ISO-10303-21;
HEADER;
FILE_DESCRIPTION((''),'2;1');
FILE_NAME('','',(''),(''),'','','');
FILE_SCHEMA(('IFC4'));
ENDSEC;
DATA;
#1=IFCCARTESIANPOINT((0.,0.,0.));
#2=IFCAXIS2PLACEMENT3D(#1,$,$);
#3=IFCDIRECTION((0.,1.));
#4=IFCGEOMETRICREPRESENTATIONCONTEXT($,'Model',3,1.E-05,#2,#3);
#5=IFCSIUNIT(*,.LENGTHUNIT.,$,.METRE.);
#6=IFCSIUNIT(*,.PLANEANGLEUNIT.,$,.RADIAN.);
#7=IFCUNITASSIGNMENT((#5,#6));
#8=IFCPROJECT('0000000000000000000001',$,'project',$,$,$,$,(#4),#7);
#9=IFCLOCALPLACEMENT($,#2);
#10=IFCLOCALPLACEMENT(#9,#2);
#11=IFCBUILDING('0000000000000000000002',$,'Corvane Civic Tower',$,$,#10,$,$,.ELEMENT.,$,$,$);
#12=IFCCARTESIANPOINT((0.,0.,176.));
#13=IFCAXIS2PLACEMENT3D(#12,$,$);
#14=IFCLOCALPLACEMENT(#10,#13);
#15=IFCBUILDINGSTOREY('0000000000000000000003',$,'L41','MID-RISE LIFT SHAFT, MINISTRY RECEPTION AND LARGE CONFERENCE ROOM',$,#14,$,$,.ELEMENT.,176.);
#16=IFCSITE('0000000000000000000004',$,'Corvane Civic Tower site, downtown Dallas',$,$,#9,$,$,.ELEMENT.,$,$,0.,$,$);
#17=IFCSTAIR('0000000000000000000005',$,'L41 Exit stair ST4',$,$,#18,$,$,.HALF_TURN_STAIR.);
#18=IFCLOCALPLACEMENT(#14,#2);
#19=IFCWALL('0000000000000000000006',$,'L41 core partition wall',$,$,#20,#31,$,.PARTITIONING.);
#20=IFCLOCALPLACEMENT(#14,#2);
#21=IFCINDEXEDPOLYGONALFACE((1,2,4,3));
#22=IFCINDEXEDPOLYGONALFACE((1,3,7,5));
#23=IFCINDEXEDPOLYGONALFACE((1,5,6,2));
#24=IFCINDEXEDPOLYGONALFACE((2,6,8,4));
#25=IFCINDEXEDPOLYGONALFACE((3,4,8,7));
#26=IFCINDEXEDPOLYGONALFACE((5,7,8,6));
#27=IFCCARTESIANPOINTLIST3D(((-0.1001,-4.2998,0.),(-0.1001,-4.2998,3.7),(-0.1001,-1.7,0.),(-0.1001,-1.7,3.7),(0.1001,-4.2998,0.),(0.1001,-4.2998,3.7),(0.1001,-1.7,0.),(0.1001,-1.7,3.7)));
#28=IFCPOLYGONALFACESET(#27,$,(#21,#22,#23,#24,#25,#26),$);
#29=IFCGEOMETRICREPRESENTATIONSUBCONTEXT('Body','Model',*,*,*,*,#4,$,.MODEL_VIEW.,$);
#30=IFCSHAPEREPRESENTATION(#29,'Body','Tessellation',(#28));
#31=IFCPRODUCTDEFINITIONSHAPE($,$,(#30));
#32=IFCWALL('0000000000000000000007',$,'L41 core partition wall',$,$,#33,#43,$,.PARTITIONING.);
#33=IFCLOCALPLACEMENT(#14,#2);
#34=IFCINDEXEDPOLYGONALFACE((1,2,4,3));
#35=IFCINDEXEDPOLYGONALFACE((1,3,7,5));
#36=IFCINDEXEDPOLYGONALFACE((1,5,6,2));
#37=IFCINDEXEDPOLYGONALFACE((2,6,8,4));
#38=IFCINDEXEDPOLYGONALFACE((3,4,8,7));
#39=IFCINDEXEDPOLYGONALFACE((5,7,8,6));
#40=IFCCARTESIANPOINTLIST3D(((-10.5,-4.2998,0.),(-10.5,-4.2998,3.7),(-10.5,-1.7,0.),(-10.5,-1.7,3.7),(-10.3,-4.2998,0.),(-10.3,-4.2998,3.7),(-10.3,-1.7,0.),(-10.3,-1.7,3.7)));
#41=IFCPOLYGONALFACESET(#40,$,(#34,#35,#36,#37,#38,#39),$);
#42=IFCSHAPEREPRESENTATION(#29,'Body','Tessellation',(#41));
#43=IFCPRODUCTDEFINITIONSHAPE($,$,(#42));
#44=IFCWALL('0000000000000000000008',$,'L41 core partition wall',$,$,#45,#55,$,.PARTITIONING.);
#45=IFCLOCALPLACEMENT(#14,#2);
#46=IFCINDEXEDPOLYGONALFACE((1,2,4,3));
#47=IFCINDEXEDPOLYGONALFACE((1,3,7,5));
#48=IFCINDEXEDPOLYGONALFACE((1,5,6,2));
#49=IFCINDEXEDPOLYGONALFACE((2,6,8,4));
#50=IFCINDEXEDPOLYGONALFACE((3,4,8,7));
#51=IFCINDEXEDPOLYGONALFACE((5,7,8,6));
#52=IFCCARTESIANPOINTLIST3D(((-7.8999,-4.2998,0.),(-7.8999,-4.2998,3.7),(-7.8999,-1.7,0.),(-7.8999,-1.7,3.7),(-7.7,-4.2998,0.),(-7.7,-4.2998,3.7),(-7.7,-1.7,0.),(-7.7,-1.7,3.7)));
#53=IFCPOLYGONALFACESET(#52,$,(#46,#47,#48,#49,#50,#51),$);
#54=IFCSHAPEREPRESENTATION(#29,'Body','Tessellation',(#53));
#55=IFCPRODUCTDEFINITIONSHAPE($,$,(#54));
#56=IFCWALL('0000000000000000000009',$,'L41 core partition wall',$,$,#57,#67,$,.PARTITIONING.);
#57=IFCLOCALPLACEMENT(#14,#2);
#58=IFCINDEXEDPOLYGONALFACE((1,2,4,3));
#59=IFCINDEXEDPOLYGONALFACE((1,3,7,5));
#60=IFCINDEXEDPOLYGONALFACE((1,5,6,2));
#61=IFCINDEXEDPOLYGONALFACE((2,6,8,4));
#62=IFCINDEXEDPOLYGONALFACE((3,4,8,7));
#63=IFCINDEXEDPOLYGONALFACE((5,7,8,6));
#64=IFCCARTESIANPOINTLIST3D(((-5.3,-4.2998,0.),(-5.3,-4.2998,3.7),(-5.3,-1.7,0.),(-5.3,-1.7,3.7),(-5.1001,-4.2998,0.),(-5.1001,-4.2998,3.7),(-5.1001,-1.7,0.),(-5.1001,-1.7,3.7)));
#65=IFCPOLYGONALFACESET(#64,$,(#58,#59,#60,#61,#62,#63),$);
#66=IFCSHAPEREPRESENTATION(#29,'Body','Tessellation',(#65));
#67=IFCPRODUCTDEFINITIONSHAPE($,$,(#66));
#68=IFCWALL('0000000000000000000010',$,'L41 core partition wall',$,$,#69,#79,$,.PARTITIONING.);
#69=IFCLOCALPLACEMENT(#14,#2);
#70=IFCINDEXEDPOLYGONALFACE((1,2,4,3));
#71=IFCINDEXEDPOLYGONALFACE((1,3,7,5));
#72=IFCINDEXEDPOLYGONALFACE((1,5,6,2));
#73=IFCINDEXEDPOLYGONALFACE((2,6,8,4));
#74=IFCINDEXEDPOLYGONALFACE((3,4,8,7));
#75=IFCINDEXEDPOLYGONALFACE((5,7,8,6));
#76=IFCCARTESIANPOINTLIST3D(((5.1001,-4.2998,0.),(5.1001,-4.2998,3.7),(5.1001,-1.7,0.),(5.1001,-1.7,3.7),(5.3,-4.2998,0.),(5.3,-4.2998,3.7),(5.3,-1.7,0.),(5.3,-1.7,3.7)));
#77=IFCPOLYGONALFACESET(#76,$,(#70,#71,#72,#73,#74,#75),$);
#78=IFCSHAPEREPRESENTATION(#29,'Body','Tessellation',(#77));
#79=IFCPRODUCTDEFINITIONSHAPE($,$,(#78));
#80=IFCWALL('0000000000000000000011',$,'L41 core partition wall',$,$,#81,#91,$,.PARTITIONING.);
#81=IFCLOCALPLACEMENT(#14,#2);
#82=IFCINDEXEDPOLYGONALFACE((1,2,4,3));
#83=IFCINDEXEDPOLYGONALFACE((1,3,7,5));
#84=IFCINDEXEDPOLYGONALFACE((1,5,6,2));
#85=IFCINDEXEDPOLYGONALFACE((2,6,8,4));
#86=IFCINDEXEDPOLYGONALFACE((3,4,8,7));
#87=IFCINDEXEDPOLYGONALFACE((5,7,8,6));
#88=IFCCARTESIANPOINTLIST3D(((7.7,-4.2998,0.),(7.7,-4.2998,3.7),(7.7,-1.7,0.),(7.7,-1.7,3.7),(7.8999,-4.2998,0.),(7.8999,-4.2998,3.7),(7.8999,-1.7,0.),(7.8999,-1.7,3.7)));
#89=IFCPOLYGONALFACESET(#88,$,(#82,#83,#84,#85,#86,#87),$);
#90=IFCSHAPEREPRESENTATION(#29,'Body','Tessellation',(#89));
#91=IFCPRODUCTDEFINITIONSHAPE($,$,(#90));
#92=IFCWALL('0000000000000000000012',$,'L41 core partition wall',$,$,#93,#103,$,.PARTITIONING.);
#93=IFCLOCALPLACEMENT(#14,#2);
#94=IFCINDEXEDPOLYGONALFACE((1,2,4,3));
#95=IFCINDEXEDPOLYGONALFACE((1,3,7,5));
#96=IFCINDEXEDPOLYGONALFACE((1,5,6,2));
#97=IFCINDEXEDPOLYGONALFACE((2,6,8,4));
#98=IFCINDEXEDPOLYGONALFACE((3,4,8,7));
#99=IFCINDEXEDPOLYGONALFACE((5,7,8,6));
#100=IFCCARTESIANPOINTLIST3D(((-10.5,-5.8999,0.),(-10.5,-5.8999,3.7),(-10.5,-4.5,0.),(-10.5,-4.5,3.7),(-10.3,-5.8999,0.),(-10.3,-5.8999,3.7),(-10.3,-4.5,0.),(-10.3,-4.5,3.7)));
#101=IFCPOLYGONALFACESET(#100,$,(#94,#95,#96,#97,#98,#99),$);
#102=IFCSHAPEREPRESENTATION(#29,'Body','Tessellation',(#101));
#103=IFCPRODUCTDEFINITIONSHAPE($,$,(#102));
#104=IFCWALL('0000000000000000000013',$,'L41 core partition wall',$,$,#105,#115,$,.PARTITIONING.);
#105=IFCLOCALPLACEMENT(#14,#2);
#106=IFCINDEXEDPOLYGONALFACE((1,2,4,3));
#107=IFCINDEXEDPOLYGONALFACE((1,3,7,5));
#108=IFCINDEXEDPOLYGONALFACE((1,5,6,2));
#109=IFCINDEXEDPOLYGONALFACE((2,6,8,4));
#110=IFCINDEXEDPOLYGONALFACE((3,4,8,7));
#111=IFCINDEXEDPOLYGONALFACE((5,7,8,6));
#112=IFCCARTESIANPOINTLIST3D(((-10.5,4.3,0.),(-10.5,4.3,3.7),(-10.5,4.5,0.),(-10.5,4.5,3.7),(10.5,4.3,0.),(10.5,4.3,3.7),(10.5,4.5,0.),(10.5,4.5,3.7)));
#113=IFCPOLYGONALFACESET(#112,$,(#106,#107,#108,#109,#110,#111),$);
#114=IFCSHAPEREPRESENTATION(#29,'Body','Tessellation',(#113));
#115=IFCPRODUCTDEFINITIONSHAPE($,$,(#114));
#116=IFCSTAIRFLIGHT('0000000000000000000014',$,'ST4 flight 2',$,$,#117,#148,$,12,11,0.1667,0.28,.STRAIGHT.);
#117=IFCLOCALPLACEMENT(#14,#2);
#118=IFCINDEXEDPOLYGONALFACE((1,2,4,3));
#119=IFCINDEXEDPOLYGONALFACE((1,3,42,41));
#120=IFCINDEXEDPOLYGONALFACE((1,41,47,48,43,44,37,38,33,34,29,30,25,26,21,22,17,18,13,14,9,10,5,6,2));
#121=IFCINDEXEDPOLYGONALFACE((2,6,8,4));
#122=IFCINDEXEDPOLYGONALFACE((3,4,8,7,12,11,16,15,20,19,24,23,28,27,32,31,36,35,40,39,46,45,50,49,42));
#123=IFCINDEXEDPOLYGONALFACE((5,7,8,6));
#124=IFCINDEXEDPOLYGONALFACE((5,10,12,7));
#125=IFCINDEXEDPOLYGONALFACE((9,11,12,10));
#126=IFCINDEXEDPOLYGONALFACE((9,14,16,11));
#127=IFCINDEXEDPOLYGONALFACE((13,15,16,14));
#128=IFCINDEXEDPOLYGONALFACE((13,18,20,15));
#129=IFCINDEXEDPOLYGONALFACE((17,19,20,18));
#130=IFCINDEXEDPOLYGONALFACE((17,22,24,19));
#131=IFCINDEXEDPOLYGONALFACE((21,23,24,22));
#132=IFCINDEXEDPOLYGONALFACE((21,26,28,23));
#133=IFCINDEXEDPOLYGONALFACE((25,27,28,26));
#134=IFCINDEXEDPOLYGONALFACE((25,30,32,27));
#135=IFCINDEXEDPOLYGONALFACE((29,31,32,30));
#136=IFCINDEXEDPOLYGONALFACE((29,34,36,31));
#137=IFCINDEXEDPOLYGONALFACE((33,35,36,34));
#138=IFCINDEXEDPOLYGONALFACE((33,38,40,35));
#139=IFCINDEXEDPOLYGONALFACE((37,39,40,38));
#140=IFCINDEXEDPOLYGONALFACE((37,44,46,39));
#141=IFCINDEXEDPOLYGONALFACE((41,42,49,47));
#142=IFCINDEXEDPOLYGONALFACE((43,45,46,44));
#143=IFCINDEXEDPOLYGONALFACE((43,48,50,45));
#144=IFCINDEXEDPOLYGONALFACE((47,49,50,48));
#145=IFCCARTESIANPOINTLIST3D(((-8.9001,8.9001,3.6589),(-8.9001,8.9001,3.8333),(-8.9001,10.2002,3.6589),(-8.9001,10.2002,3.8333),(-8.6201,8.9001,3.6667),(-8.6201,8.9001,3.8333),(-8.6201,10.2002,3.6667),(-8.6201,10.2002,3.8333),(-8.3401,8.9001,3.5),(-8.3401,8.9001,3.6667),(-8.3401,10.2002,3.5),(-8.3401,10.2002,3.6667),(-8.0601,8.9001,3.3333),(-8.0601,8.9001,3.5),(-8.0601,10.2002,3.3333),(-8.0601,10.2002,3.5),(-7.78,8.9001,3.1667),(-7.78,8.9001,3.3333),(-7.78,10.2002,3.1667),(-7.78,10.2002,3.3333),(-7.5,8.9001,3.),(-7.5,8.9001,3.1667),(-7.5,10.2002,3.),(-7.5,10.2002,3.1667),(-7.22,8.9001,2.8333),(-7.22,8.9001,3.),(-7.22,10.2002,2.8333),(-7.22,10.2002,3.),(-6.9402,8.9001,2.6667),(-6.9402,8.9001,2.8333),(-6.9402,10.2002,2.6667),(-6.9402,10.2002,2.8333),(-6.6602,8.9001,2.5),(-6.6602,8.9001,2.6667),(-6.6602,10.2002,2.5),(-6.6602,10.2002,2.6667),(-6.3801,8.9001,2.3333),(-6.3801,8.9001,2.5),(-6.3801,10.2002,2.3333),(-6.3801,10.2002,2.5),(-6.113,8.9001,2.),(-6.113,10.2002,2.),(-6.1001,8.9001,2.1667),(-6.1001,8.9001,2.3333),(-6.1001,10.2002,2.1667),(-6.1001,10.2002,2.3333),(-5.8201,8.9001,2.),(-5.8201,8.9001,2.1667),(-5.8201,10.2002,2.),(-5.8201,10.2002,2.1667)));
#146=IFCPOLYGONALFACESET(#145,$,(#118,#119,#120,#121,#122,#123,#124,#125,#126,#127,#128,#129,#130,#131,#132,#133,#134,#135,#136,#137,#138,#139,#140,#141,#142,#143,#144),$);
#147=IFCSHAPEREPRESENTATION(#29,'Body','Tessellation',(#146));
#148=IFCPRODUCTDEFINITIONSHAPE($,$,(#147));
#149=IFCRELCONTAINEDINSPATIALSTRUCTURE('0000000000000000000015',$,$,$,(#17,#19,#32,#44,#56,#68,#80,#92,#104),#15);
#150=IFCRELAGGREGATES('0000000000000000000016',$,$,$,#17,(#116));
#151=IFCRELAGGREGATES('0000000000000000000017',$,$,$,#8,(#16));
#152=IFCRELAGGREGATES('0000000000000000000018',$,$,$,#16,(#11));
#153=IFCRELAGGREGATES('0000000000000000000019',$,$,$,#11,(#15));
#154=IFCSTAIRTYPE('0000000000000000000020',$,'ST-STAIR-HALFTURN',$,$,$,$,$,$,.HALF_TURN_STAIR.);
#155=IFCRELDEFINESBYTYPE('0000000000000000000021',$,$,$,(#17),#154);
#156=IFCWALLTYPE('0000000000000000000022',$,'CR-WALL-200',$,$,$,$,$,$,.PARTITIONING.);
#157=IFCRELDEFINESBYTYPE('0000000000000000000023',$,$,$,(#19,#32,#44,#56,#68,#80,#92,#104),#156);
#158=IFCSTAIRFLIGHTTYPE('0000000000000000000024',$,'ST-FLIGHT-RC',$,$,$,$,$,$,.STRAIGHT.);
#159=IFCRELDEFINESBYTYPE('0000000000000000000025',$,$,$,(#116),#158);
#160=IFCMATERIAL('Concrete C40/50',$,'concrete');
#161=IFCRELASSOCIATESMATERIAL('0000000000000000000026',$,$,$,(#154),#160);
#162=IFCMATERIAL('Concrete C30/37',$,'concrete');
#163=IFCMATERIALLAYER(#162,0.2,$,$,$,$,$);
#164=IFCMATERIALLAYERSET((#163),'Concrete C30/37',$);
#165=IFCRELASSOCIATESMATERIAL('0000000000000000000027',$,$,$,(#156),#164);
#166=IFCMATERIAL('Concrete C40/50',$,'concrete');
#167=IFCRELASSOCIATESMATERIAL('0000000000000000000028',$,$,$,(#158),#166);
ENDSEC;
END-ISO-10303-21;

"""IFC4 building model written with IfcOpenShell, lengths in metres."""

from ifc_helpers import new_model, si_unit, direction, frame, origin, place, context, subcontext, project, spatial, polyline, outline, extrude, material, layer, layer_set, type_object, element, aggregate, save


model = new_model("IFC4")

# Units and contexts
model_context = context("Model", 3, precision=1e-05, world=origin(), true_north=direction((0.0, 1.0)))
body_context = subcontext(model_context, "Body", "Model", "MODEL_VIEW")
ifc_project = project(units=[si_unit("LENGTHUNIT", "METRE"), si_unit("PLANEANGLEUNIT", "RADIAN")], contexts=[model_context])

# Site, building, storey
site_placement = place(None, origin())
site = spatial("IfcSite", under=ifc_project, at=site_placement, Name="Corvane Civic Tower site, downtown Dallas", CompositionType="ELEMENT", RefElevation=0.0)
building_placement = place(site_placement, origin())
building = spatial("IfcBuilding", under=site, at=building_placement, Name="Corvane Civic Tower", CompositionType="ELEMENT")
storey_placement = place(building_placement, frame((0.0, 0.0, 176.0)))
storey = spatial("IfcBuildingStorey", under=building, at=storey_placement, Name="L41", Description="MID-RISE LIFT SHAFT, MINISTRY RECEPTION AND LARGE CONFERENCE ROOM", CompositionType="ELEMENT", Elevation=176.0)

# Stair
ifc_material_1 = material(Name="Concrete C40/50", Category="concrete")
stair_type = type_object("IfcStairType", Name="ST-STAIR-HALFTURN", PredefinedType="HALF_TURN_STAIR", material=ifc_material_1)
stair_1_placement = place(storey_placement, origin())
stair_1 = element("IfcStair", 1, at=stair_1_placement, inside=storey, type_object=stair_type, Name="L41 Exit stair ST4", PredefinedType="HALF_TURN_STAIR")

# Shared definitions
ifc_material_2 = material(Name="Concrete C30/37", Category="concrete")
ifc_layer_1 = layer(ifc_material_2, 0.2)
ifc_layer_set_1 = layer_set([ifc_layer_1], Name="Concrete C30/37")
wall_type = type_object("IfcWallType", Name="CR-WALL-200", PredefinedType="PARTITIONING", material=ifc_layer_set_1)

# Walls
wall_1_placement = place(storey_placement, origin())
element("IfcWall", 2, at=wall_1_placement, inside=storey, type_object=wall_type, Name="L41 core partition wall", PredefinedType="PARTITIONING", context=body_context, shape_type="SweptSolid", body=[
    extrude(outline(polyline([(0.1001, -1.7), (0.1001, -4.2998), (-0.1001, -4.2998), (-0.1001, -1.7), (0.1001, -1.7)])), origin(), (0.0, 0.0, 1.0), 3.7),
])
wall_2_placement = place(storey_placement, origin())
element("IfcWall", 3, at=wall_2_placement, inside=storey, type_object=wall_type, Name="L41 core partition wall", PredefinedType="PARTITIONING", context=body_context, shape_type="SweptSolid", body=[
    extrude(outline(polyline([(-10.3, -1.7), (-10.3, -4.2998), (-10.5, -4.2998), (-10.5, -1.7), (-10.3, -1.7)])), origin(), (0.0, 0.0, 1.0), 3.7),
])
wall_3_placement = place(storey_placement, origin())
element("IfcWall", 4, at=wall_3_placement, inside=storey, type_object=wall_type, Name="L41 core partition wall", PredefinedType="PARTITIONING", context=body_context, shape_type="SweptSolid", body=[
    extrude(outline(polyline([(-7.7, -1.7), (-7.7, -4.2998), (-7.8999, -4.2998), (-7.8999, -1.7), (-7.7, -1.7)])), origin(), (0.0, 0.0, 1.0), 3.7),
])
wall_4_placement = place(storey_placement, origin())
element("IfcWall", 5, at=wall_4_placement, inside=storey, type_object=wall_type, Name="L41 core partition wall", PredefinedType="PARTITIONING", context=body_context, shape_type="SweptSolid", body=[
    extrude(outline(polyline([(-5.1001, -1.7), (-5.1001, -4.2998), (-5.3, -4.2998), (-5.3, -1.7), (-5.1001, -1.7)])), origin(), (0.0, 0.0, 1.0), 3.7),
])
wall_5_placement = place(storey_placement, origin())
element("IfcWall", 6, at=wall_5_placement, inside=storey, type_object=wall_type, Name="L41 core partition wall", PredefinedType="PARTITIONING", context=body_context, shape_type="SweptSolid", body=[
    extrude(outline(polyline([(5.3, -1.7), (5.3, -4.2998), (5.1001, -4.2998), (5.1001, -1.7), (5.3, -1.7)])), origin(), (0.0, 0.0, 1.0), 3.7),
])
wall_6_placement = place(storey_placement, origin())
element("IfcWall", 7, at=wall_6_placement, inside=storey, type_object=wall_type, Name="L41 core partition wall", PredefinedType="PARTITIONING", context=body_context, shape_type="SweptSolid", body=[
    extrude(outline(polyline([(7.8999, -1.7), (7.8999, -4.2998), (7.7, -4.2998), (7.7, -1.7), (7.8999, -1.7)])), origin(), (0.0, 0.0, 1.0), 3.7),
])
wall_7_placement = place(storey_placement, origin())
element("IfcWall", 8, at=wall_7_placement, inside=storey, type_object=wall_type, Name="L41 core partition wall", PredefinedType="PARTITIONING", context=body_context, shape_type="SweptSolid", body=[
    extrude(outline(polyline([(-10.3, -5.8999), (-10.5, -5.8999), (-10.5, -4.5), (-10.3, -4.5), (-10.3, -5.8999)])), origin(), (0.0, 0.0, 1.0), 3.7),
])
wall_8_placement = place(storey_placement, origin())
element("IfcWall", 9, at=wall_8_placement, inside=storey, type_object=wall_type, Name="L41 core partition wall", PredefinedType="PARTITIONING", context=body_context, shape_type="SweptSolid", body=[
    extrude(outline(polyline([(10.5, 4.5), (10.5, 4.3), (-10.5, 4.3), (-10.5, 4.5), (10.5, 4.5)])), origin(), (0.0, 0.0, 1.0), 3.7),
])

# Stair flight
ifc_material_3 = material(Name="Concrete C40/50", Category="concrete")
stair_flight_type = type_object("IfcStairFlightType", Name="ST-FLIGHT-RC", PredefinedType="STRAIGHT", material=ifc_material_3)
stair_flight_placement = place(storey_placement, frame((-5.8201, 9.55, 2.0), z_axis=(0.0, 0.0, 1.0), x_axis=(-1.0, 0.0, 0.0)))
stair_flight = element("IfcStairFlight", 10, at=stair_flight_placement, type_object=stair_flight_type, Name="ST4 flight 2", NumberOfRisers=12, NumberOfTreads=11, PredefinedType="STRAIGHT", RiserHeight=0.1667, TreadLength=0.28, context=body_context, shape_type="SweptSolid", body=[
    extrude(outline(polyline([(0.0, 0.0), (0.0, 0.1667), (0.28, 0.1667), (0.28, 0.3333), (0.5601, 0.3333), (0.5601, 0.5), (0.8401, 0.5), (0.8401, 0.6667), (1.1201, 0.6667), (1.1201, 0.8333), (1.3999, 0.8333), (1.3999, 1.0), (1.6799, 1.0), (1.6799, 1.1667), (1.96, 1.1667), (1.96, 1.3333), (2.24, 1.3333), (2.24, 1.5), (2.52, 1.5), (2.52, 1.6667), (2.8, 1.6667), (2.8, 1.8333), (3.0801, 1.8333), (3.0801, 2.0), (3.0801, 1.6589), (0.293, 0.0), (0.0, 0.0)])), frame((0.0, 0.6499, 0.0), z_axis=(0.0, -1.0, 0.0), x_axis=(1.0, 0.0, 0.0)), (0.0, 0.0, 1.0), 1.3),
])
aggregate(stair_1, [stair_flight])

save(model, "model.ifc")
